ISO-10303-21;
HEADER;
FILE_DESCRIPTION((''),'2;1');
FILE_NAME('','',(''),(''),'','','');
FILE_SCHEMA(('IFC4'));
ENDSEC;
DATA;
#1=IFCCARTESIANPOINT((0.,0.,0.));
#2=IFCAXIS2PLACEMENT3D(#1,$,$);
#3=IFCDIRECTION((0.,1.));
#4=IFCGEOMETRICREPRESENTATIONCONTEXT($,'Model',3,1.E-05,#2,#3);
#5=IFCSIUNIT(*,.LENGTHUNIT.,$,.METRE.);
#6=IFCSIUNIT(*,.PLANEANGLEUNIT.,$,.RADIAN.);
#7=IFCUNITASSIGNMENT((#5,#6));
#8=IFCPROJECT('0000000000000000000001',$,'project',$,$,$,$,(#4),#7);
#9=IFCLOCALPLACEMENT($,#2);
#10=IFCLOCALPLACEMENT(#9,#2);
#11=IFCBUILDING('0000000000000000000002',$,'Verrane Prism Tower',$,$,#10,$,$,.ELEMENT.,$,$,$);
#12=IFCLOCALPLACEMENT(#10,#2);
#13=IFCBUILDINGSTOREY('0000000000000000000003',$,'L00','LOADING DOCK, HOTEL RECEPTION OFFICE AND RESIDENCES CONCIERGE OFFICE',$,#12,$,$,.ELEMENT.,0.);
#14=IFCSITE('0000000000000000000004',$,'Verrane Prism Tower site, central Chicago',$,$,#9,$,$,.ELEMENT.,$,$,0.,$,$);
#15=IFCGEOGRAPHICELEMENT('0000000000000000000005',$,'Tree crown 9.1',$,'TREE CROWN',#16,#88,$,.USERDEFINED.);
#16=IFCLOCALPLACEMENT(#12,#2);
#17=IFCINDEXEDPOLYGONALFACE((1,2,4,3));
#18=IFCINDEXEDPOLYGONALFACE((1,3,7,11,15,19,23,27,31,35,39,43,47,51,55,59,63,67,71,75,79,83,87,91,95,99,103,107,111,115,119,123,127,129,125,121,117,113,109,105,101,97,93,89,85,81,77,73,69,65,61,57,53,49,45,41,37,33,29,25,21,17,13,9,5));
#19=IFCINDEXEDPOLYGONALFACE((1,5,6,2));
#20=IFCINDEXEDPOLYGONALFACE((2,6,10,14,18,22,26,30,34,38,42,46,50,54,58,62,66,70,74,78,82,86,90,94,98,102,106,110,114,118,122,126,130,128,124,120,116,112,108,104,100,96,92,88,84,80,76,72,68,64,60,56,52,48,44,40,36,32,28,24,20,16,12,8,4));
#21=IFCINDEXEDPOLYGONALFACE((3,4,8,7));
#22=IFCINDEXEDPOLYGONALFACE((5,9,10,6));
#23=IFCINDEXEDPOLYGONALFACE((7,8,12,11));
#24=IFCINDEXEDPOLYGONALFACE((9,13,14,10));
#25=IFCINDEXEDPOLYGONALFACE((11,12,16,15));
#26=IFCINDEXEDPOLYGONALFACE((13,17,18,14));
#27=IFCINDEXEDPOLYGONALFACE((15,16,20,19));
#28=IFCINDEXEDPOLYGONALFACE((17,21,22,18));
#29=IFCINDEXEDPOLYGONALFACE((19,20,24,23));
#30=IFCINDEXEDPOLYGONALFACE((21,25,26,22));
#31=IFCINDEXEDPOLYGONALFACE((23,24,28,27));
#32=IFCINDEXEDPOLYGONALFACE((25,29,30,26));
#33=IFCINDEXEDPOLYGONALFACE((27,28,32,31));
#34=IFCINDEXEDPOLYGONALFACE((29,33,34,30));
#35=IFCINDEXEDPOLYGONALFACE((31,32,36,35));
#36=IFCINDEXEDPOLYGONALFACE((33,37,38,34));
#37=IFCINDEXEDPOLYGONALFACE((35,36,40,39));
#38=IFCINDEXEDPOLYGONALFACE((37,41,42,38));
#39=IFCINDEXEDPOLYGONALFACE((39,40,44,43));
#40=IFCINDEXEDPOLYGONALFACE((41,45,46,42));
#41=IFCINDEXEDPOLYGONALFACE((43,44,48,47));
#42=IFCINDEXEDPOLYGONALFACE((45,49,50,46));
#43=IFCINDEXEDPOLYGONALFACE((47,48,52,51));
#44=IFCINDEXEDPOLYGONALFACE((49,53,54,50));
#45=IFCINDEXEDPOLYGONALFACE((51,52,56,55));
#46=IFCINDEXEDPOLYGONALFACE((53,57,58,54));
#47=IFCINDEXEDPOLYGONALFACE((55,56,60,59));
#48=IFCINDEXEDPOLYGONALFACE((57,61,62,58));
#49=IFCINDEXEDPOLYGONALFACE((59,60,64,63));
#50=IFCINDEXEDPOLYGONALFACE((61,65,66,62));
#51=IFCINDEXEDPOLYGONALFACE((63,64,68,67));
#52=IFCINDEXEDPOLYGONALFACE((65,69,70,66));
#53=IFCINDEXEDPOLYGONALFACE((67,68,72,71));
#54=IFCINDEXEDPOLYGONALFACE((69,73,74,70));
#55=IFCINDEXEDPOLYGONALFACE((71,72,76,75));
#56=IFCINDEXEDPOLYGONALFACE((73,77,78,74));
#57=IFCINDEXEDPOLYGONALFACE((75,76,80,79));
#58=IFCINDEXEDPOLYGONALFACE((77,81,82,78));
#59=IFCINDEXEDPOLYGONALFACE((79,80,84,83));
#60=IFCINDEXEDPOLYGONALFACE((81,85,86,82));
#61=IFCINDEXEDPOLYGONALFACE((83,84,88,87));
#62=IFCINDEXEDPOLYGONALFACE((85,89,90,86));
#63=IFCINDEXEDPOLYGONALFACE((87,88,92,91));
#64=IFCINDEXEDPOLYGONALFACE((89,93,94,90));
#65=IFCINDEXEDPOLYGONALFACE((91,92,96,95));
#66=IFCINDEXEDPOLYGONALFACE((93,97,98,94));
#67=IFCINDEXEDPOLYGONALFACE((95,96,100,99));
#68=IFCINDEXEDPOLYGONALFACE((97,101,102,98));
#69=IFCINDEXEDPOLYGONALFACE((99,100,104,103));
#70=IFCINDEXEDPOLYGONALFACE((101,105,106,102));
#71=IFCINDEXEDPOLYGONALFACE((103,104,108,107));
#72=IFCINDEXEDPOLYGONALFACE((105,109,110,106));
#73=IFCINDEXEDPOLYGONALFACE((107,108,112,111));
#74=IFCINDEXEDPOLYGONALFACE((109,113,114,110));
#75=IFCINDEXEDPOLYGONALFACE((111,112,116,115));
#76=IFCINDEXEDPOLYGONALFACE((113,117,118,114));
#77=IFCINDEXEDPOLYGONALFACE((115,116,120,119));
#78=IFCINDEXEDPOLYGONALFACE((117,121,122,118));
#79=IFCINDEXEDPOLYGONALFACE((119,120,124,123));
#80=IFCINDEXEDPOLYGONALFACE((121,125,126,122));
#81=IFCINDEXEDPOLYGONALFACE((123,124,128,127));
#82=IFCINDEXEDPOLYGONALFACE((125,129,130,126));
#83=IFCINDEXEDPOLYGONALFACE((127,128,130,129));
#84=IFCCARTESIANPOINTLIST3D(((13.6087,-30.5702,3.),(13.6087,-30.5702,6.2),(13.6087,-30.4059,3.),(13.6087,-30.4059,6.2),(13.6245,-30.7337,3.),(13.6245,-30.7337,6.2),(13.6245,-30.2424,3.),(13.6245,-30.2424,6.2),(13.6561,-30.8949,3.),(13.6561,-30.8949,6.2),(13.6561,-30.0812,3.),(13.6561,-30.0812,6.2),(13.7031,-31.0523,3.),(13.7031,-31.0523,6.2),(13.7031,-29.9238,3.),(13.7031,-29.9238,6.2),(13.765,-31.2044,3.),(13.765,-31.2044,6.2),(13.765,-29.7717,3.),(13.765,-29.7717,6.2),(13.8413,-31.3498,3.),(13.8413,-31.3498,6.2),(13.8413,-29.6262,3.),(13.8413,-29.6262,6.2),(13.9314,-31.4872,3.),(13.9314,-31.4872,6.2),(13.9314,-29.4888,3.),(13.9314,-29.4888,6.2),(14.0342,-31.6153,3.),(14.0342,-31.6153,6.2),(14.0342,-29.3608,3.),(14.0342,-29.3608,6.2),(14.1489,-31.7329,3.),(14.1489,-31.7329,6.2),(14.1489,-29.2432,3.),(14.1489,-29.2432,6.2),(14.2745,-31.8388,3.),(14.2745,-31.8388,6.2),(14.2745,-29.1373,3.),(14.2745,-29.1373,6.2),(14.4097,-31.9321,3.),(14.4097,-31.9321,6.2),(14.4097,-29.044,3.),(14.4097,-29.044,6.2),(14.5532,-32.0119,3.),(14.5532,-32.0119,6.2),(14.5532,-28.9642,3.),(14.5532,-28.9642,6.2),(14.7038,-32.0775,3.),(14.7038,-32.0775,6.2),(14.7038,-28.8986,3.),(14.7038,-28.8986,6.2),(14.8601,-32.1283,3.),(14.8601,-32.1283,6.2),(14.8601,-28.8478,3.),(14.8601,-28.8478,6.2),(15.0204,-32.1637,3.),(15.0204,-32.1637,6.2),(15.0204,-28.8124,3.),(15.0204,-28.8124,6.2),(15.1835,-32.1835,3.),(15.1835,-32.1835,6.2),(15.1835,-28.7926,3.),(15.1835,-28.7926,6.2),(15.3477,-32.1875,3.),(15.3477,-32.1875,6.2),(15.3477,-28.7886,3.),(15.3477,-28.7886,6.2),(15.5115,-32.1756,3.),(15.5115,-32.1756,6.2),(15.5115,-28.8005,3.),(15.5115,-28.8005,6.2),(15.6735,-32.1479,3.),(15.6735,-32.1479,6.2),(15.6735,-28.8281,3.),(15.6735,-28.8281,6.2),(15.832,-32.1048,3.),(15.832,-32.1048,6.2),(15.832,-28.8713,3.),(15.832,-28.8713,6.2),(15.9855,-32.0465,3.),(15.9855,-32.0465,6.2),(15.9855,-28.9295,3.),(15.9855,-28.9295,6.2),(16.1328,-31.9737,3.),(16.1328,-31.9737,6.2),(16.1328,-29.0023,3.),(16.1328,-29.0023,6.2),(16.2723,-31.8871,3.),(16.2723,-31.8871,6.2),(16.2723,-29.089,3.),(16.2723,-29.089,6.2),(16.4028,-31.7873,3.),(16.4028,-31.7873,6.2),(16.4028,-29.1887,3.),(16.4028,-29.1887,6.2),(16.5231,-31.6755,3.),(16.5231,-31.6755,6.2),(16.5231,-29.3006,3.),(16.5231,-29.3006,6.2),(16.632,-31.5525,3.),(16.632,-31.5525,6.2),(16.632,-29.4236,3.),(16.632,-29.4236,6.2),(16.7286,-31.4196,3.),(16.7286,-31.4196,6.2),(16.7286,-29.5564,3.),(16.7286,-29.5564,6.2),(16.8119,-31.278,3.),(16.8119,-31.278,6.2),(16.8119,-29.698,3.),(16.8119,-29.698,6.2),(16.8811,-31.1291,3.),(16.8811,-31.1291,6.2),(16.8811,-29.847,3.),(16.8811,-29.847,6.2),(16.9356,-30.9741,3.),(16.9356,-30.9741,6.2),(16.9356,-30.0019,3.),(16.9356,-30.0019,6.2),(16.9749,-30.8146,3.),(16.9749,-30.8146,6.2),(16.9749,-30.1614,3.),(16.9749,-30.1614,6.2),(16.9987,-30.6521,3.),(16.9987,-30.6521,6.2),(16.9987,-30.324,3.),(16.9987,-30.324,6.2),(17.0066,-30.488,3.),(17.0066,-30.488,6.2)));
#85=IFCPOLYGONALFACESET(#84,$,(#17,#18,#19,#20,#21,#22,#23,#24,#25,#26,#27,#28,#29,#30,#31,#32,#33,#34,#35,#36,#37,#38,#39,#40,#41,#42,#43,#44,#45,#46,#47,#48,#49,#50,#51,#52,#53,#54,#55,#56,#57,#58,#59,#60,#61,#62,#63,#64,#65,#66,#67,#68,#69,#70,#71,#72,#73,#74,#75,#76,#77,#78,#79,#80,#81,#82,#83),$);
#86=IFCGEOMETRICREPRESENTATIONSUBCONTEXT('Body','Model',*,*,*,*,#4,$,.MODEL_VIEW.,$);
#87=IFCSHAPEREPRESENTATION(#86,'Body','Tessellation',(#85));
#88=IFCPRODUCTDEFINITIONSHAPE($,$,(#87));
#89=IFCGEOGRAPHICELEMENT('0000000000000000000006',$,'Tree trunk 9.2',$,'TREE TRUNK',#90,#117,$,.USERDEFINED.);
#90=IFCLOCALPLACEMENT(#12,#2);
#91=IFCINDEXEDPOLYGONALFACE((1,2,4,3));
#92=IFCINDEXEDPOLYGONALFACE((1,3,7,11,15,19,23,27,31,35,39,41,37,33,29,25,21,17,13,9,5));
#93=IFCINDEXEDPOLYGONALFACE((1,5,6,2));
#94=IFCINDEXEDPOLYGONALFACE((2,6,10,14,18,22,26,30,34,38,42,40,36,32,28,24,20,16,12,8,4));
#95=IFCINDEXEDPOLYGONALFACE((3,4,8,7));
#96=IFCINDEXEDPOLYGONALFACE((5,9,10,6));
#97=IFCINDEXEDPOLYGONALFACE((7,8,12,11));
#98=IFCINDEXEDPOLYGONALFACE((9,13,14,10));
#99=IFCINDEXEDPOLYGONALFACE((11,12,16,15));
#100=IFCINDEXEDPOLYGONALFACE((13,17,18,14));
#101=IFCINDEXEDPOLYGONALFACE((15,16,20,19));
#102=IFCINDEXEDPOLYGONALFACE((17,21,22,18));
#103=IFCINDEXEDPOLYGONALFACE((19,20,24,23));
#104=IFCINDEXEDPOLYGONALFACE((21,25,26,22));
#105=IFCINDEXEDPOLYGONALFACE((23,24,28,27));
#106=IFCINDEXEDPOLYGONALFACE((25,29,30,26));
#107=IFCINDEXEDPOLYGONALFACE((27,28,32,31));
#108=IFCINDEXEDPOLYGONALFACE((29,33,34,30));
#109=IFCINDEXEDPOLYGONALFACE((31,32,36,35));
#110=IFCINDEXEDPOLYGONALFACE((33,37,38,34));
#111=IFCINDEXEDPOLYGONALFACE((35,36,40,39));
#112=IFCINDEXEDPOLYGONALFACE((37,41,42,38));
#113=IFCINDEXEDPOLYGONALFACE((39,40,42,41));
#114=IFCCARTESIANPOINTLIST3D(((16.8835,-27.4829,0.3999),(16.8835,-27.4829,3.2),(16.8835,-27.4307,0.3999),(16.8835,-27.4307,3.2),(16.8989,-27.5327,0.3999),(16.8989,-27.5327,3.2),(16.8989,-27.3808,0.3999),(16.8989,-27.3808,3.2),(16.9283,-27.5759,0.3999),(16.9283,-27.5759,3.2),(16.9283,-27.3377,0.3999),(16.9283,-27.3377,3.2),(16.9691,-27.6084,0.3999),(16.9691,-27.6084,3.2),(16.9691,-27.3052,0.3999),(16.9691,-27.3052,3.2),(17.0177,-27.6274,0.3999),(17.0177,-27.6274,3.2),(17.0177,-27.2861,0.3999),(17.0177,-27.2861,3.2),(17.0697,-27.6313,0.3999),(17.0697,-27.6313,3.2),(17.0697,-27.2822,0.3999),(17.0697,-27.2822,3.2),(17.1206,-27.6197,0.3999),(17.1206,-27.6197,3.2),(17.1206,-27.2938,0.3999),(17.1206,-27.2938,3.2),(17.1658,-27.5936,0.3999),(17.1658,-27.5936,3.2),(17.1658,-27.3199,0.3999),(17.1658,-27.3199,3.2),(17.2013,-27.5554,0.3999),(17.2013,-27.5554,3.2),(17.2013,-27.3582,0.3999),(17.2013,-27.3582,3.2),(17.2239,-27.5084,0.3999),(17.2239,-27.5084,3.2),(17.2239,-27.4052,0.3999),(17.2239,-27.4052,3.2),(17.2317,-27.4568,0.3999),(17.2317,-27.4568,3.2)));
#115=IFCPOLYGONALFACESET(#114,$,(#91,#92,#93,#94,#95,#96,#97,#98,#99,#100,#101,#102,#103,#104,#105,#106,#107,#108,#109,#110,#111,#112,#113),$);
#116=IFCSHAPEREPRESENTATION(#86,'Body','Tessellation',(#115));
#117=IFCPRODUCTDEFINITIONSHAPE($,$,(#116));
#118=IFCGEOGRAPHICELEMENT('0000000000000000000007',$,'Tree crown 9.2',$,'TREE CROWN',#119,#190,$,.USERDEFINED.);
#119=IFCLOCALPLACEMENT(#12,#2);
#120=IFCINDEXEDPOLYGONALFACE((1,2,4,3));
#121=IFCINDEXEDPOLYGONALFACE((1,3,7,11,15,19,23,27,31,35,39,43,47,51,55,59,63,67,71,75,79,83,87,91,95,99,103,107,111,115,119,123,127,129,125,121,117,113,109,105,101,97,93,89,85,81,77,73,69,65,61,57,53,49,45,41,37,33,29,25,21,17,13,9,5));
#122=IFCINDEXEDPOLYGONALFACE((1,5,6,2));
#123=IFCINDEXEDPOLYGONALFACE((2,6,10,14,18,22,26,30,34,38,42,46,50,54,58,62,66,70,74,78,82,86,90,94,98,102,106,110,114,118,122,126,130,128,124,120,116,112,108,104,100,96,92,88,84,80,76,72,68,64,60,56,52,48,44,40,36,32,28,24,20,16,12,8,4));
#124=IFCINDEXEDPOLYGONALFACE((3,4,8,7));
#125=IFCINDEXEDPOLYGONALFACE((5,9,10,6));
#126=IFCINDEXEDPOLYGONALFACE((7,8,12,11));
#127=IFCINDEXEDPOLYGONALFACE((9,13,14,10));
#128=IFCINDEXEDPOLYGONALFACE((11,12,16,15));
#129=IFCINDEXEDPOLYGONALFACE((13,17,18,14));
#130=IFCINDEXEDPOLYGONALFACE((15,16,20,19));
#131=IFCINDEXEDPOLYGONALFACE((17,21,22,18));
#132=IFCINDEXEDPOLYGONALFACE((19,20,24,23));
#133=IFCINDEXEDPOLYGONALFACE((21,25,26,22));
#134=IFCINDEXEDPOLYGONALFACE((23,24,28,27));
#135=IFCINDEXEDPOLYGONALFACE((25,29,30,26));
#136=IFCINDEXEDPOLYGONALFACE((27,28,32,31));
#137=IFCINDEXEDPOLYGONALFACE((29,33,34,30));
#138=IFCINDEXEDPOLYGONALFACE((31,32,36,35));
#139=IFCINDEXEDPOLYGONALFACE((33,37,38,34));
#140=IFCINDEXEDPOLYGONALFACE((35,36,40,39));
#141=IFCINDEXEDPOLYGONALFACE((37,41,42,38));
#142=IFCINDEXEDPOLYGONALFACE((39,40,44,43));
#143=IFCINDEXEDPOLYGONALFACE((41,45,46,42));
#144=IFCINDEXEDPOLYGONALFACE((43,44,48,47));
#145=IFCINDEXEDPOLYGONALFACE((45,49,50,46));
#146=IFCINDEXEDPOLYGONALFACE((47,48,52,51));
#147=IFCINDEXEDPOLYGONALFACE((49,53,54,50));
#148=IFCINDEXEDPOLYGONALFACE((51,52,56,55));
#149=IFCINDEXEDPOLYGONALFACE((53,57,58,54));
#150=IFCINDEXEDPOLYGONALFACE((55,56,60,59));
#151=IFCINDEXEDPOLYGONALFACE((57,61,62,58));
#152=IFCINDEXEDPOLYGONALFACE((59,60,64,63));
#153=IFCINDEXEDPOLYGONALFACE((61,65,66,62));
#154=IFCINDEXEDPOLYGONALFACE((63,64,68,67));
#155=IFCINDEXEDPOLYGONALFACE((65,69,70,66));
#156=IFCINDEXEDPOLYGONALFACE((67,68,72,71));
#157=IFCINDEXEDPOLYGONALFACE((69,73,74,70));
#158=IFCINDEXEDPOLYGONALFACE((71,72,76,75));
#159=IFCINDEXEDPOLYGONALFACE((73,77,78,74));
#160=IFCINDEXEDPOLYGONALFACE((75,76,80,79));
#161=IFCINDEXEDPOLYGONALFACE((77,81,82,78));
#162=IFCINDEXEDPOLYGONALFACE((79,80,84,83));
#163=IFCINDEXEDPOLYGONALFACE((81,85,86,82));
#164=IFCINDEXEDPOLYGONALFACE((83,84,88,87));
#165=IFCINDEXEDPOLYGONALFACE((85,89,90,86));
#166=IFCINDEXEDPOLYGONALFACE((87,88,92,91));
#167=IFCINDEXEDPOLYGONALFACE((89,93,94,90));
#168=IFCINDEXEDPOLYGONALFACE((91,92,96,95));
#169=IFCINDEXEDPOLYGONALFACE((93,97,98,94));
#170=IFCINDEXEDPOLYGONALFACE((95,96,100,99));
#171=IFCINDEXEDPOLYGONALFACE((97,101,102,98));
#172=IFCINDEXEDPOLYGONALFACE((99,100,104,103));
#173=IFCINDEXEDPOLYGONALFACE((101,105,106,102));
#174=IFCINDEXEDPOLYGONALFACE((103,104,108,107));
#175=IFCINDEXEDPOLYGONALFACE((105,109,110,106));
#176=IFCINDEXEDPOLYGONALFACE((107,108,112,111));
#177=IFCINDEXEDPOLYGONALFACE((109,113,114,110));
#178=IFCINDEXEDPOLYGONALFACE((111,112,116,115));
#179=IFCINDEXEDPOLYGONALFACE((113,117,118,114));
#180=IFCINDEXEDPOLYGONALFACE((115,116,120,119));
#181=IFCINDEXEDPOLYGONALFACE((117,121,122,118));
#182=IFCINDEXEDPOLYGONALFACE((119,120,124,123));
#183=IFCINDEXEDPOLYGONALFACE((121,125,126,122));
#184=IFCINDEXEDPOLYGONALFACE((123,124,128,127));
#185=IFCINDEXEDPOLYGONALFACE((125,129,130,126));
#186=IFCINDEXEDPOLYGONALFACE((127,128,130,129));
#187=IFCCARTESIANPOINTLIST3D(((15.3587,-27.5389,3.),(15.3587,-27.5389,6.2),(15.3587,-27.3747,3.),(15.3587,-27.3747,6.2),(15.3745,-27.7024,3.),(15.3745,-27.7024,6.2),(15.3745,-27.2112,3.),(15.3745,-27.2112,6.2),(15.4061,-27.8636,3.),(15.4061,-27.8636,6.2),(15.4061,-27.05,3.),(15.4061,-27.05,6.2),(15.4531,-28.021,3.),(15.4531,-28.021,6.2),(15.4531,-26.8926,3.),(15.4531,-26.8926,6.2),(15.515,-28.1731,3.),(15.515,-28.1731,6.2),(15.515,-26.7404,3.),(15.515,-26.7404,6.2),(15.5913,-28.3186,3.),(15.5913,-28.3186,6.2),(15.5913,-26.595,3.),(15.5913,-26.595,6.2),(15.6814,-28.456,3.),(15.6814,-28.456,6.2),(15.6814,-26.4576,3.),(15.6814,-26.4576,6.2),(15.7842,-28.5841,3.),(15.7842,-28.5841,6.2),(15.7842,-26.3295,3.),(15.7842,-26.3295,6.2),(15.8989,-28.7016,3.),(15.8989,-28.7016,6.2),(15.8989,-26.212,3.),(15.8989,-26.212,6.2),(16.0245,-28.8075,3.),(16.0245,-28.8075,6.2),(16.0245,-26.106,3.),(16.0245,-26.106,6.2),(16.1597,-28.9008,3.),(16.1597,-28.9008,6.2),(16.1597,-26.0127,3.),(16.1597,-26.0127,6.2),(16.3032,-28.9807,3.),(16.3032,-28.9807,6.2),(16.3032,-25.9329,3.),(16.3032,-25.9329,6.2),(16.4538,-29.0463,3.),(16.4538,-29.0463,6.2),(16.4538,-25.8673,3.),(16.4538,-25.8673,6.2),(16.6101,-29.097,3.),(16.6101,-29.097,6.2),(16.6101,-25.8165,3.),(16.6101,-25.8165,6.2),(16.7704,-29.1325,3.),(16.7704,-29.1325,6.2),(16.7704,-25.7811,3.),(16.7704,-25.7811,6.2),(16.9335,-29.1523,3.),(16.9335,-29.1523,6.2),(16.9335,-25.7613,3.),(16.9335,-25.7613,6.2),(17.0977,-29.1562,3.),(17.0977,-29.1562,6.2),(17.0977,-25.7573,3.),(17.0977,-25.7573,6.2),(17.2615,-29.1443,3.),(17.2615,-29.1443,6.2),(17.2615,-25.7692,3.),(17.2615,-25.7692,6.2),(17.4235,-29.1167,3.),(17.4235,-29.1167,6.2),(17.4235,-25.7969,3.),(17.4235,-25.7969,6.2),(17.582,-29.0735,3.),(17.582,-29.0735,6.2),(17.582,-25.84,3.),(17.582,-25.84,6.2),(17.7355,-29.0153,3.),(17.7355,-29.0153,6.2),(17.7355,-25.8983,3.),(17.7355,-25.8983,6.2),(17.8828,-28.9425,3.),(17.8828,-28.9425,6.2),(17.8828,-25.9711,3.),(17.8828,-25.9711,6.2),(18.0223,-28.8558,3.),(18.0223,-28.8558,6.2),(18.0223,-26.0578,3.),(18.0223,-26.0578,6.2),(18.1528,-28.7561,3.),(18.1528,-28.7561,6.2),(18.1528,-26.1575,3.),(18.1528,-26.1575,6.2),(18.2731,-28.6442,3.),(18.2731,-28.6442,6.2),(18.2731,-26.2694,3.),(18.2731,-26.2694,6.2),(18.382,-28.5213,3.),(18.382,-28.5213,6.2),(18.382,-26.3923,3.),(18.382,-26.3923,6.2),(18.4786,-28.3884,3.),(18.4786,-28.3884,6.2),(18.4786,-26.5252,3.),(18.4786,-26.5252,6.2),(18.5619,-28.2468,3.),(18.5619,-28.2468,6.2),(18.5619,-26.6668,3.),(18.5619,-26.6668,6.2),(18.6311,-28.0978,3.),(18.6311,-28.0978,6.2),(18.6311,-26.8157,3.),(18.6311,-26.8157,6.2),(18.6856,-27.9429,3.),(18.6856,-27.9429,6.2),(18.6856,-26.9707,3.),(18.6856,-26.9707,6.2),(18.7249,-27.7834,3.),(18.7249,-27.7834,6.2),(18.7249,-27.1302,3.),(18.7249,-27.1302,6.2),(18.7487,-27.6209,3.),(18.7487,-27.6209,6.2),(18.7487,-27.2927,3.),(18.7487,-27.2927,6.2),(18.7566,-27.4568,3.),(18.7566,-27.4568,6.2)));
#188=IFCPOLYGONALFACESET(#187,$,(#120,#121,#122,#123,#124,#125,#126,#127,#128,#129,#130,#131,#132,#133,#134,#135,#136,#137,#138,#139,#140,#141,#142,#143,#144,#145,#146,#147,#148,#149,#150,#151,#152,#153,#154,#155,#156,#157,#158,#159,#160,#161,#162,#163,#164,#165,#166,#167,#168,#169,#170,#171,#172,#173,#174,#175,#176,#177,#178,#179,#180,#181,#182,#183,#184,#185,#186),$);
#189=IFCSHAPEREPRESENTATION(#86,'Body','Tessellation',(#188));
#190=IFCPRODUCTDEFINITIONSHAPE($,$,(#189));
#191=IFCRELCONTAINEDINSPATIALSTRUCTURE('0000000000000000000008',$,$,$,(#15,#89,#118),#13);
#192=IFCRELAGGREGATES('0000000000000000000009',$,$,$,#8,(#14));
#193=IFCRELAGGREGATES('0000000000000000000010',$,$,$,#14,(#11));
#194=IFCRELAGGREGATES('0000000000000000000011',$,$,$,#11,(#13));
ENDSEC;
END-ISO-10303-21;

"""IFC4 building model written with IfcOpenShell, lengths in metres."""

from ifc_helpers import new_model, si_unit, direction, frame, origin, origin_2d, place, context, subcontext, project, spatial, circle, extrude, element, save


model = new_model("IFC4")

# Units and contexts
model_context = context("Model", 3, precision=1e-05, world=origin(), true_north=direction((0.0, 1.0)))
body_context = subcontext(model_context, "Body", "Model", "MODEL_VIEW")
ifc_project = project(units=[si_unit("LENGTHUNIT", "METRE"), si_unit("PLANEANGLEUNIT", "RADIAN")], contexts=[model_context])

# Site, building, storey
site_placement = place(None, origin())
site = spatial("IfcSite", under=ifc_project, at=site_placement, Name="Verrane Prism Tower site, central Chicago", CompositionType="ELEMENT", RefElevation=0.0)
building_placement = place(site_placement, origin())
building = spatial("IfcBuilding", under=site, at=building_placement, Name="Verrane Prism Tower", CompositionType="ELEMENT")
storey_placement = place(building_placement, origin())
storey = spatial("IfcBuildingStorey", under=building, at=storey_placement, Name="L00", Description="LOADING DOCK, HOTEL RECEPTION OFFICE AND RESIDENCES CONCIERGE OFFICE", CompositionType="ELEMENT", Elevation=0.0)

# Geographic elements
geographic_element_1_placement = place(storey_placement, frame((15.3066, -30.488, 6.2), z_axis=(0.0, 0.0, -1.0), x_axis=(1.0, 0.0, 0.0)))
element("IfcGeographicElement", 1, at=geographic_element_1_placement, inside=storey, Name="Tree crown 9.1", ObjectType="TREE CROWN", PredefinedType="USERDEFINED", context=body_context, shape_type="SweptSolid", body=[
    extrude(circle(Radius=1.7, at=origin_2d()), origin(), (0.0, 0.0, 1.0), 3.2),
])
geographic_element_2_placement = place(storey_placement, frame((17.0566, -27.4568, 3.2), z_axis=(0.0, 0.0, -1.0), x_axis=(1.0, 0.0, 0.0)))
element("IfcGeographicElement", 2, at=geographic_element_2_placement, inside=storey, Name="Tree trunk 9.2", ObjectType="TREE TRUNK", PredefinedType="USERDEFINED", context=body_context, shape_type="SweptSolid", body=[
    extrude(circle(Radius=0.175, at=origin_2d()), origin(), (0.0, 0.0, 1.0), 2.8),
])
geographic_element_3_placement = place(storey_placement, frame((17.0566, -27.4568, 6.2), z_axis=(0.0, 0.0, -1.0), x_axis=(1.0, 0.0, 0.0)))
element("IfcGeographicElement", 3, at=geographic_element_3_placement, inside=storey, Name="Tree crown 9.2", ObjectType="TREE CROWN", PredefinedType="USERDEFINED", context=body_context, shape_type="SweptSolid", body=[
    extrude(circle(Radius=1.7, at=origin_2d()), origin(), (0.0, 0.0, 1.0), 3.2),
])

save(model, "model.ifc")
